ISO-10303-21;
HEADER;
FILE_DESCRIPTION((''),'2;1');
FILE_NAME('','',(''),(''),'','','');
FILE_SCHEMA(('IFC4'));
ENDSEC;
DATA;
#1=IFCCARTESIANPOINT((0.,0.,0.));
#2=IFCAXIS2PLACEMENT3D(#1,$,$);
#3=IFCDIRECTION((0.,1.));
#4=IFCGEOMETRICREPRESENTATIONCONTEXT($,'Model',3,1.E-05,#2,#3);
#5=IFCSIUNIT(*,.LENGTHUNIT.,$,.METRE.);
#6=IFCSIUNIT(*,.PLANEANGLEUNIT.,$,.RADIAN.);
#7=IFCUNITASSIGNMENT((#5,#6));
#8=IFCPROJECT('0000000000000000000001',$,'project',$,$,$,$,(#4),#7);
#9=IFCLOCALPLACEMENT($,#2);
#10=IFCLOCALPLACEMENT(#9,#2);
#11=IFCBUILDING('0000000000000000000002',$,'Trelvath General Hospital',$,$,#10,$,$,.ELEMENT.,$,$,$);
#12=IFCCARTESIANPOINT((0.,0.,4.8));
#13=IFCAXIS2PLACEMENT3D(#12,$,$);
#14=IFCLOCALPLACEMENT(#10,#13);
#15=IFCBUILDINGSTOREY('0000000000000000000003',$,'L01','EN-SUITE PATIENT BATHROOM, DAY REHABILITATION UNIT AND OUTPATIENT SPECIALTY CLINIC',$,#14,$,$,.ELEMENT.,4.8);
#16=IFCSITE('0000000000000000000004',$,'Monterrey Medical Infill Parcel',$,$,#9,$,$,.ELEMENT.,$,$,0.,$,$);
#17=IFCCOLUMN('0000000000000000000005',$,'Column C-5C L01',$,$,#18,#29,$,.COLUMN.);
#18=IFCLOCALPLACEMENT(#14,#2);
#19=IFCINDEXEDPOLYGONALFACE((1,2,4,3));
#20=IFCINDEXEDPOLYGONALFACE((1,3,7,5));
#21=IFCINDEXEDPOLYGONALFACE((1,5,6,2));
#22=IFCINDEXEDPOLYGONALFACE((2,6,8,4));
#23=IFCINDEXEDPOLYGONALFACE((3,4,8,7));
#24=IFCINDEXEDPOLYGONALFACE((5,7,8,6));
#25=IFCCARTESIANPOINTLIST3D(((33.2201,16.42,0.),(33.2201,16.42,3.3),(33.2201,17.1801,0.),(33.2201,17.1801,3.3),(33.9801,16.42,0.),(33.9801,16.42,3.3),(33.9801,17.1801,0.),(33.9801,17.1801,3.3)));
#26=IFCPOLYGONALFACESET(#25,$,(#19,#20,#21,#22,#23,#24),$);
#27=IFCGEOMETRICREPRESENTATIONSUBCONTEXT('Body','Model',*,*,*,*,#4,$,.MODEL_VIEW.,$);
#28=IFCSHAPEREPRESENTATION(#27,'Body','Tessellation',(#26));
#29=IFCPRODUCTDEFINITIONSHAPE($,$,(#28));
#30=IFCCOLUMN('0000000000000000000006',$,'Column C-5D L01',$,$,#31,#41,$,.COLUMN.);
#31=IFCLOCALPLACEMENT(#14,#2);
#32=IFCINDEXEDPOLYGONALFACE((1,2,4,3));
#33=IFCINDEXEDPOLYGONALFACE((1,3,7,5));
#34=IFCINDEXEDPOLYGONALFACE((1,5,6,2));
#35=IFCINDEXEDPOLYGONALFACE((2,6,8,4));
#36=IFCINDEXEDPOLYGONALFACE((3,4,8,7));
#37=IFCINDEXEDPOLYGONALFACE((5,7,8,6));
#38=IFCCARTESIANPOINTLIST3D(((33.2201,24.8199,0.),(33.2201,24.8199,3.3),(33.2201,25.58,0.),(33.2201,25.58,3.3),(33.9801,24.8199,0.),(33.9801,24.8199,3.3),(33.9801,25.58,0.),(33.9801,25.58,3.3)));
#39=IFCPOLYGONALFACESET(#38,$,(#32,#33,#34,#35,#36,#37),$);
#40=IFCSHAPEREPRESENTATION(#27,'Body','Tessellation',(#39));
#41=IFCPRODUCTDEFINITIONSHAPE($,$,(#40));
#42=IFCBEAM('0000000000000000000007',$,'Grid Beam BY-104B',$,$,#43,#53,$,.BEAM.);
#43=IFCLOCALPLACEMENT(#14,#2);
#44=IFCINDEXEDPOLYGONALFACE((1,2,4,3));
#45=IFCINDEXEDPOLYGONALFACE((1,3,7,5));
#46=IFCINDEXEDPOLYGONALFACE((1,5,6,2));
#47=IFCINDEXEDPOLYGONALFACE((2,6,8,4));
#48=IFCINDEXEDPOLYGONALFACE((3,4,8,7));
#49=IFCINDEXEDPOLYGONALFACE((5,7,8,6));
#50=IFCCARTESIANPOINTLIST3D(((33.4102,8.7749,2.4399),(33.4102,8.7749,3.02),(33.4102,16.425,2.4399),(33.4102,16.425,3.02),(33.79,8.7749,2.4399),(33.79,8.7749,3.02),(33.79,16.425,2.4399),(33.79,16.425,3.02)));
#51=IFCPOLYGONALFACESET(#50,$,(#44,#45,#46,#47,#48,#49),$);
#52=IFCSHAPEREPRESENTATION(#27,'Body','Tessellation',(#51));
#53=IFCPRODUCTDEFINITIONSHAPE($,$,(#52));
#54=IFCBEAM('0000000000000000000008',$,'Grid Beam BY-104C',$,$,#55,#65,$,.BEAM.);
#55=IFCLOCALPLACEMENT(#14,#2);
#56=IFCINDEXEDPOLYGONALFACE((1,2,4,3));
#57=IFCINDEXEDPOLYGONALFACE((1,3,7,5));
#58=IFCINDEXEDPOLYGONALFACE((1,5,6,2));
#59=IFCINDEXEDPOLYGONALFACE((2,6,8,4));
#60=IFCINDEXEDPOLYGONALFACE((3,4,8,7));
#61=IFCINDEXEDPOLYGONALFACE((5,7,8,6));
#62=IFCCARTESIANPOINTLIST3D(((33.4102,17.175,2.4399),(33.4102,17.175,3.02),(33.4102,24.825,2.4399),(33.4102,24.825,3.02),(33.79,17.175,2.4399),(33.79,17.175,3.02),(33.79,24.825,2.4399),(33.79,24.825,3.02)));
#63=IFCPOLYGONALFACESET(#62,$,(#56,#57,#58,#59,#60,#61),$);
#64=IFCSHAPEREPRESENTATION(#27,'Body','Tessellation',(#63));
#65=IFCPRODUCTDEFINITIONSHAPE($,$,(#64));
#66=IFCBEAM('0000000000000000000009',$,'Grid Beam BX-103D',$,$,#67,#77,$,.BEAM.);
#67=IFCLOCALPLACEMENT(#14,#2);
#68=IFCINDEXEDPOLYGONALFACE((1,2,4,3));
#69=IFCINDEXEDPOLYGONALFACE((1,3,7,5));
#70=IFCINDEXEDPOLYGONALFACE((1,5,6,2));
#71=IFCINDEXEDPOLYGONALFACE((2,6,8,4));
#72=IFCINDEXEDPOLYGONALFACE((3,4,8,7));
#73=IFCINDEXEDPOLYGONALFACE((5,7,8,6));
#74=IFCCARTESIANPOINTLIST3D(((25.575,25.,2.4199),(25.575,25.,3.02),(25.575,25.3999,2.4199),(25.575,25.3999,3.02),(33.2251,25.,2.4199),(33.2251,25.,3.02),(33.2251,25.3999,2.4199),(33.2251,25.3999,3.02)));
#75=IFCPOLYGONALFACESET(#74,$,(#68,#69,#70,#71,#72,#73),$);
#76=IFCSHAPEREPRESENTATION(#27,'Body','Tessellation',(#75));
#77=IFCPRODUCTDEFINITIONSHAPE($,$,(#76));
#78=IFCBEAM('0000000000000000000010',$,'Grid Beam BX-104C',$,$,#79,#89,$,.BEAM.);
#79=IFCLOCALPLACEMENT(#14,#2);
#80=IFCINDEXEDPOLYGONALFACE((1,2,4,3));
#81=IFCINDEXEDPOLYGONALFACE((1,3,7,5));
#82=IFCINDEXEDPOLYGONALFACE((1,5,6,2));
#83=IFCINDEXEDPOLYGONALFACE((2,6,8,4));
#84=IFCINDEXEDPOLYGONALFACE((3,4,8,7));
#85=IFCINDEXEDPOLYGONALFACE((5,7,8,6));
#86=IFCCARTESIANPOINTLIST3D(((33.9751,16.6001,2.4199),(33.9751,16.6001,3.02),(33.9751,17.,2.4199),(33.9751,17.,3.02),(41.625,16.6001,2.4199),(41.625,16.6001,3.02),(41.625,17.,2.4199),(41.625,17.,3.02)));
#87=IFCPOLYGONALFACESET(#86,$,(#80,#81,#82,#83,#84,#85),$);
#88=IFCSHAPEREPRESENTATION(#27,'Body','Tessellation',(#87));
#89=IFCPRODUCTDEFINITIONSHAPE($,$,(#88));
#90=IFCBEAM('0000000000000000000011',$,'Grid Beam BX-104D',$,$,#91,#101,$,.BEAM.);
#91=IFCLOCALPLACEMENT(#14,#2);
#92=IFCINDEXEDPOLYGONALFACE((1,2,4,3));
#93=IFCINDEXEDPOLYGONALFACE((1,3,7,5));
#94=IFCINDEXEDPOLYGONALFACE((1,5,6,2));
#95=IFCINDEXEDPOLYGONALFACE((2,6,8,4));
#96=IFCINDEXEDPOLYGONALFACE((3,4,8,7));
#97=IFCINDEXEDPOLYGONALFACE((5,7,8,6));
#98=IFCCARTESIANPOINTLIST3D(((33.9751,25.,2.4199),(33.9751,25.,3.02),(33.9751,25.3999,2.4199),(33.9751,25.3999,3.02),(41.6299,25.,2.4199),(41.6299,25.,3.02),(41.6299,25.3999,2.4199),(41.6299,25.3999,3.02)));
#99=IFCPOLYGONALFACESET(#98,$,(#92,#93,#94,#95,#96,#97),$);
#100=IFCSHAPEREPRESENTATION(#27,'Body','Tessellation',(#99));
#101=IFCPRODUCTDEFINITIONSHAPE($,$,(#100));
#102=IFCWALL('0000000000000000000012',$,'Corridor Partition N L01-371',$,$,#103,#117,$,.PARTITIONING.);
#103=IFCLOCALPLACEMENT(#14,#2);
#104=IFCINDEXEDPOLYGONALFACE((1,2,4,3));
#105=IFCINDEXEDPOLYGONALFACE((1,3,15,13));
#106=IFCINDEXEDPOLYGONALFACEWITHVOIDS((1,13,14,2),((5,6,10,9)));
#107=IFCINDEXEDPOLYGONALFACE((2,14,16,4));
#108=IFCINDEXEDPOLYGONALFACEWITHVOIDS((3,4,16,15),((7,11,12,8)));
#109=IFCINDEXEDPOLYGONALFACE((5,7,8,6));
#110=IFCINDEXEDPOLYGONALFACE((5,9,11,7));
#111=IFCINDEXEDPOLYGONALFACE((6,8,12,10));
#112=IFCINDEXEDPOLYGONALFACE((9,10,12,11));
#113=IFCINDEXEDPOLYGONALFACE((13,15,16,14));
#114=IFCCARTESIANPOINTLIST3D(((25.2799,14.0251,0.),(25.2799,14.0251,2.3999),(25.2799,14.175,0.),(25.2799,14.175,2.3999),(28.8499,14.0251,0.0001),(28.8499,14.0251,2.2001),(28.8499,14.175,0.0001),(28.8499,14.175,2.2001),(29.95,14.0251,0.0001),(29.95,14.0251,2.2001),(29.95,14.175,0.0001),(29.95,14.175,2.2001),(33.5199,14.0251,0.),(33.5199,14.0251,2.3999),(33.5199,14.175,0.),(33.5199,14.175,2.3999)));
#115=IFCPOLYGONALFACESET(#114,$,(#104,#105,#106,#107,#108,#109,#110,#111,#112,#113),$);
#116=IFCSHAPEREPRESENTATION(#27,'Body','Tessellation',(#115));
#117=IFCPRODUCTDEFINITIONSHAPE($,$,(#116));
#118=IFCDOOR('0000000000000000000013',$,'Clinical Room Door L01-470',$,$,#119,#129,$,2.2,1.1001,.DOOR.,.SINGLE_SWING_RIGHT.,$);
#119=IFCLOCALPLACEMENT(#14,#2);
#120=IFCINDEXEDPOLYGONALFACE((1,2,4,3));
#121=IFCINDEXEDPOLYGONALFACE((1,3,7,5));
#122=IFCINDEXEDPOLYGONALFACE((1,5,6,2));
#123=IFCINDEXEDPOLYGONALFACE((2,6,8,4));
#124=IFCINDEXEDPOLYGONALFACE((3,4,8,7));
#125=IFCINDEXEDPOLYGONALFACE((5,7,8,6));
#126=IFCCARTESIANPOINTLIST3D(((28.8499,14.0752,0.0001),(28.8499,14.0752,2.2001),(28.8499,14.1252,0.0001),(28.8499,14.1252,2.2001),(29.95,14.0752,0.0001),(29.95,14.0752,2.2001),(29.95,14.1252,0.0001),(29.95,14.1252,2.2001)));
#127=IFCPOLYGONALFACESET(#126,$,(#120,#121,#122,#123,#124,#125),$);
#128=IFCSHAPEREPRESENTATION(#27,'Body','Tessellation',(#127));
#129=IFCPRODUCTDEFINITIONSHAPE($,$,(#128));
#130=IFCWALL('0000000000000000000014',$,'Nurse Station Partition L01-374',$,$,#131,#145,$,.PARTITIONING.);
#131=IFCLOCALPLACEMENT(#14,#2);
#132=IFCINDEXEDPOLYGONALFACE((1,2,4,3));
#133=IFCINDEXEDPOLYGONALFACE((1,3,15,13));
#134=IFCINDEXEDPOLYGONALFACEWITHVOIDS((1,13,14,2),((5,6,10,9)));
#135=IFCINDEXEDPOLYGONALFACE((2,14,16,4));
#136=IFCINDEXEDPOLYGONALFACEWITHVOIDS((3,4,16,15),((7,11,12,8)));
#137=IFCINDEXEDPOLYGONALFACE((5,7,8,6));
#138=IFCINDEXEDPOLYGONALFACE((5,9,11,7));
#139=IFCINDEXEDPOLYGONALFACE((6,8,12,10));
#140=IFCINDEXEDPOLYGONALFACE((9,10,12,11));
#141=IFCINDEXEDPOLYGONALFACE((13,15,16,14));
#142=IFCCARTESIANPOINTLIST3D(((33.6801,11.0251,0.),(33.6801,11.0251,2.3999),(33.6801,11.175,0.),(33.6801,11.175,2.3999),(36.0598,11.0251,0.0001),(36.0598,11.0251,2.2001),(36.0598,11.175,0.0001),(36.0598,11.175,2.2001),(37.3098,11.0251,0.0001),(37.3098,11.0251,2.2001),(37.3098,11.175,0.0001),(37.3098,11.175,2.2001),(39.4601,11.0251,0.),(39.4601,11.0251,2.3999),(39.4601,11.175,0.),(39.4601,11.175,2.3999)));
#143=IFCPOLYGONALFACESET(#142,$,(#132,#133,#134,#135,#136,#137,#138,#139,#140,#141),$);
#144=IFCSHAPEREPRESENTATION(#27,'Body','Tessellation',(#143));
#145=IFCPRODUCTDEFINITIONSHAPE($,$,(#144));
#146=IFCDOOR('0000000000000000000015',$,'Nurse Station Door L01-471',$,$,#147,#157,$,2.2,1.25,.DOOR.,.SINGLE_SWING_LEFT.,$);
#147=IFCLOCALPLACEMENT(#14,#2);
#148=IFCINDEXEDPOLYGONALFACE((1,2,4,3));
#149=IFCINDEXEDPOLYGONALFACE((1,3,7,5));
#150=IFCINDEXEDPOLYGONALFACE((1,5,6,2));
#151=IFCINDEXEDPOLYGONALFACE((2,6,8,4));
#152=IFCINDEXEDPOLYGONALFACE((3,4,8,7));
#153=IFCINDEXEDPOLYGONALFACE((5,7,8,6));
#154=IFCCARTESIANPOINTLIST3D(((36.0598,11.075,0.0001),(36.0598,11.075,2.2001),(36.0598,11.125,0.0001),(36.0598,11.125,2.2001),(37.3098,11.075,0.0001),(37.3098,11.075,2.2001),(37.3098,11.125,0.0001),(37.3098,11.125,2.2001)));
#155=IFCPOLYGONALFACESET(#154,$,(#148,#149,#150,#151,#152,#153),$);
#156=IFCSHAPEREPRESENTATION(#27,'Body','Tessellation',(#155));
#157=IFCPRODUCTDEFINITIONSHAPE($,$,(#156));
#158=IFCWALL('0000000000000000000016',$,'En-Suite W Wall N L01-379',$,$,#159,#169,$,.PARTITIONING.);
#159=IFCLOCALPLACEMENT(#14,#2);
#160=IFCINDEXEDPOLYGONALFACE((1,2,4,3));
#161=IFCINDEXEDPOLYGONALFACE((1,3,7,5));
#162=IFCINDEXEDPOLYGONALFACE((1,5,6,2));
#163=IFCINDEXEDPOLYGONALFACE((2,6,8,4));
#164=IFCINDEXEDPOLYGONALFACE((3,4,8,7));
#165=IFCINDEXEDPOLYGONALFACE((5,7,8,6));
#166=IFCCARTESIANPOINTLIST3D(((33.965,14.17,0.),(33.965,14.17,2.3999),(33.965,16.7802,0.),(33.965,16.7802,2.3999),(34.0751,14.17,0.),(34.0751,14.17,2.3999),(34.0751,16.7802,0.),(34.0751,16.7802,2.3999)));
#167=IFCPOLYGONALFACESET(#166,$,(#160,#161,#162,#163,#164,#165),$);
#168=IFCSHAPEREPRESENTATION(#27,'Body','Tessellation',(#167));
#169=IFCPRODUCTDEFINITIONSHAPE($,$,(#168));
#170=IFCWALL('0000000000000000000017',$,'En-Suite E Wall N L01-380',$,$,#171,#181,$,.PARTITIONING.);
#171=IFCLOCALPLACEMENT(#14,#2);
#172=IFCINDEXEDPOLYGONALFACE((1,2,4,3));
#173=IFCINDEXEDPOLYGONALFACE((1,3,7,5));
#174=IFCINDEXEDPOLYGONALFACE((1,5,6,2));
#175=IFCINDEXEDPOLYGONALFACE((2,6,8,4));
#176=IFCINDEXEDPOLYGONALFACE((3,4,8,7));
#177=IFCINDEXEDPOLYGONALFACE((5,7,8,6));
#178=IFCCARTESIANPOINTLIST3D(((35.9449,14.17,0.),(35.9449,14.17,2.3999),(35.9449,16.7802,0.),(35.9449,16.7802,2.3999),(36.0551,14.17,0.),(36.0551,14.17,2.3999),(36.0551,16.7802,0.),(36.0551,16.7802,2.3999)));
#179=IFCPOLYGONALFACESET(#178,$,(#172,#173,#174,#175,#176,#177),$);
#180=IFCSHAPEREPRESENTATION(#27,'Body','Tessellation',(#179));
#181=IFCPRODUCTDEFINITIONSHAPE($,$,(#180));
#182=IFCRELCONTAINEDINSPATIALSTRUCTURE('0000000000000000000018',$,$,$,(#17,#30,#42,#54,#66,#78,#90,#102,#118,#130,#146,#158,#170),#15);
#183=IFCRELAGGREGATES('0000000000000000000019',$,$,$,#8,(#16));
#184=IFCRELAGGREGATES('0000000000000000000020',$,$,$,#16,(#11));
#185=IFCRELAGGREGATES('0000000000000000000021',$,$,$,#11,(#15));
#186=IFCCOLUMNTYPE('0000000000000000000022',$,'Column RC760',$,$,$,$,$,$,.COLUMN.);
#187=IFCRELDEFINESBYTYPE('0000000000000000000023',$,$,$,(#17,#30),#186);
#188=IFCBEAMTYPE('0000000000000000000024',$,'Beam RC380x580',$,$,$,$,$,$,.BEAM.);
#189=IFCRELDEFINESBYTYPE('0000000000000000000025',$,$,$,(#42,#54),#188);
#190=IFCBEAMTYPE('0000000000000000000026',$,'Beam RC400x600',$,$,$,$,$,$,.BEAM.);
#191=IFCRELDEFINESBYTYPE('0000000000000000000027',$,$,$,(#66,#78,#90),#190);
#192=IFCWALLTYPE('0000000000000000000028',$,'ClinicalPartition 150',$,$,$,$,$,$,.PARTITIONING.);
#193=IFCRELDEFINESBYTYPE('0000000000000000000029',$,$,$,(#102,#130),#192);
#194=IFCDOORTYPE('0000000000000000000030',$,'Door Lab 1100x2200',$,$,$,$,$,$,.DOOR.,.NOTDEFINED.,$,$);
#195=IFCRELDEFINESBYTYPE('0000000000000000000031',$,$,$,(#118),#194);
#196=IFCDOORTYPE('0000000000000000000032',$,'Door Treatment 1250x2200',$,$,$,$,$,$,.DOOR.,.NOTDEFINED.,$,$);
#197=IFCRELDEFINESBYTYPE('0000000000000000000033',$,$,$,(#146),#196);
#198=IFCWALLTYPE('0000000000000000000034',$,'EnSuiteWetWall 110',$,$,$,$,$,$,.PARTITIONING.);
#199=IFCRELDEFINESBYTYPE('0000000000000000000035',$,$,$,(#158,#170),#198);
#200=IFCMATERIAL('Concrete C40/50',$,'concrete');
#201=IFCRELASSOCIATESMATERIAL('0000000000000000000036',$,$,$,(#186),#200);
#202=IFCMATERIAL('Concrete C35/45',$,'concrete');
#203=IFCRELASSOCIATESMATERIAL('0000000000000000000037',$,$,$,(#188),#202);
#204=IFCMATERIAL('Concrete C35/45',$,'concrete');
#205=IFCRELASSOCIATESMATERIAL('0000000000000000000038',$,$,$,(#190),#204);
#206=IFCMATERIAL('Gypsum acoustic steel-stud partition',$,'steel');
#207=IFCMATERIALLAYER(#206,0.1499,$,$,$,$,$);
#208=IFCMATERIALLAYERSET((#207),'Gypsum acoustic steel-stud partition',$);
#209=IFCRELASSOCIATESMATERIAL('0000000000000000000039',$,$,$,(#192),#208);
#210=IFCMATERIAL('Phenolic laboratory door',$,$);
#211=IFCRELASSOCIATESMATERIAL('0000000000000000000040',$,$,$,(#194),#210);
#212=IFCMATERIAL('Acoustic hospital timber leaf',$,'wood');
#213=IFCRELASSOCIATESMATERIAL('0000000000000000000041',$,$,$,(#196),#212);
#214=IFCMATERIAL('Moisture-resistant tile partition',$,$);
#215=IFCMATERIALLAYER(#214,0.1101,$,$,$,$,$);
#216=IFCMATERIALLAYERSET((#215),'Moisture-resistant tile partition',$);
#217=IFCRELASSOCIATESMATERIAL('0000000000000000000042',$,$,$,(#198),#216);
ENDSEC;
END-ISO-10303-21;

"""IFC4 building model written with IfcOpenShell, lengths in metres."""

from ifc_helpers import new_model, si_unit, direction, frame, frame_2d, origin, origin_2d, place, context, subcontext, project, spatial, rectangle, extrude, material, layer, layer_set, material_profile, profile_set, type_object, element, fill, save


model = new_model("IFC4")

# Units and contexts
model_context = context("Model", 3, precision=1e-05, world=origin(), true_north=direction((0.0, 1.0)))
body_context = subcontext(model_context, "Body", "Model", "MODEL_VIEW")
ifc_project = project(units=[si_unit("LENGTHUNIT", "METRE"), si_unit("PLANEANGLEUNIT", "RADIAN")], contexts=[model_context])

# Site, building, storey
site_placement = place(None, origin())
site = spatial("IfcSite", under=ifc_project, at=site_placement, Name="Monterrey Medical Infill Parcel", CompositionType="ELEMENT", RefElevation=0.0)
building_placement = place(site_placement, origin())
building = spatial("IfcBuilding", under=site, at=building_placement, Name="Trelvath General Hospital", CompositionType="ELEMENT")
storey_placement = place(building_placement, frame((0.0, 0.0, 4.8)))
storey = spatial("IfcBuildingStorey", under=building, at=storey_placement, Name="L01", Description="EN-SUITE PATIENT BATHROOM, DAY REHABILITATION UNIT AND OUTPATIENT SPECIALTY CLINIC", CompositionType="ELEMENT", Elevation=4.8)

# Columns
ifc_material_1 = material(Name="Concrete C40/50", Category="concrete")
ifc_material_profile_1 = material_profile(ifc_material_1, rectangle(XDim=0.76, YDim=0.76, at=origin_2d()), Name="RC760x760")
ifc_profile_set_1 = profile_set([ifc_material_profile_1], Name="Concrete C40/50")
column_type = type_object("IfcColumnType", Name="Column RC760", PredefinedType="COLUMN", material=ifc_profile_set_1)
for number, where, z_axis, x_axis, name in (
    (1, (33.6001, 16.8, 0.0), (0.0, 0.0, 1.0), (1.0, 0.0, 0.0), "Column C-5C L01"),
    (2, (33.6001, 25.2, 0.0), (0.0, 0.0, 1.0), (1.0, 0.0, 0.0), "Column C-5D L01"),
):
    element("IfcColumn", number, at=place(storey_placement, frame(where, z_axis=z_axis, x_axis=x_axis)), inside=storey, type_object=column_type, Name=name, PredefinedType="COLUMN", context=body_context, shape_type="SweptSolid", body=[
        extrude(rectangle(XDim=0.76, YDim=0.76, at=origin_2d()), origin(), (0.0, 0.0, 1.0), 3.3),
    ])

# Beams
ifc_material_2 = material(Name="Concrete C35/45", Category="concrete")
ifc_material_profile_2 = material_profile(ifc_material_2, rectangle(XDim=0.3799, YDim=0.5801, at=origin_2d()), Name="RCB380x580")
ifc_profile_set_2 = profile_set([ifc_material_profile_2], Name="Concrete C35/45")
beam_type_1 = type_object("IfcBeamType", Name="Beam RC380x580", PredefinedType="BEAM", material=ifc_profile_set_2)
beam_1_placement = place(storey_placement, frame((33.6001, 8.7749, 2.73), z_axis=(0.0, 1.0, 0.0), x_axis=(-1.0, 0.0, 0.0)))
element("IfcBeam", 3, at=beam_1_placement, inside=storey, type_object=beam_type_1, Name="Grid Beam BY-104B", PredefinedType="BEAM", context=body_context, shape_type="SweptSolid", body=[
    extrude(rectangle(XDim=0.3799, YDim=0.5801, at=origin_2d()), origin(), (0.0, 0.0, 1.0), 7.6501),
])
beam_2_placement = place(storey_placement, frame((33.6001, 17.175, 2.73), z_axis=(0.0, 1.0, 0.0), x_axis=(-1.0, 0.0, 0.0)))
element("IfcBeam", 4, at=beam_2_placement, inside=storey, type_object=beam_type_1, Name="Grid Beam BY-104C", PredefinedType="BEAM", context=body_context, shape_type="SweptSolid", body=[
    extrude(rectangle(XDim=0.3799, YDim=0.5801, at=origin_2d()), origin(), (0.0, 0.0, 1.0), 7.6499),
])
ifc_material_3 = material(Name="Concrete C35/45", Category="concrete")
ifc_material_profile_3 = material_profile(ifc_material_3, rectangle(XDim=0.3999, YDim=0.6001, at=origin_2d()), Name="RCB400x600")
ifc_profile_set_3 = profile_set([ifc_material_profile_3], Name="Concrete C35/45")
beam_type_2 = type_object("IfcBeamType", Name="Beam RC400x600", PredefinedType="BEAM", material=ifc_profile_set_3)
beam_3_placement = place(storey_placement, frame((25.575, 25.2, 2.72), z_axis=(1.0, 0.0, 0.0), x_axis=(0.0, 1.0, 0.0)))
element("IfcBeam", 5, at=beam_3_placement, inside=storey, type_object=beam_type_2, Name="Grid Beam BX-103D", PredefinedType="BEAM", context=body_context, shape_type="SweptSolid", body=[
    extrude(rectangle(XDim=0.3999, YDim=0.6001, at=origin_2d()), origin(), (0.0, 0.0, 1.0), 7.6501),
])
beam_4_placement = place(storey_placement, frame((33.9751, 16.8, 2.72), z_axis=(1.0, 0.0, 0.0), x_axis=(0.0, 1.0, 0.0)))
element("IfcBeam", 6, at=beam_4_placement, inside=storey, type_object=beam_type_2, Name="Grid Beam BX-104C", PredefinedType="BEAM", context=body_context, shape_type="SweptSolid", body=[
    extrude(rectangle(XDim=0.3999, YDim=0.6001, at=origin_2d()), origin(), (0.0, 0.0, 1.0), 7.6499),
])
beam_5_placement = place(storey_placement, frame((33.9751, 25.2, 2.72), z_axis=(1.0, 0.0, 0.0), x_axis=(0.0, 1.0, 0.0)))
element("IfcBeam", 7, at=beam_5_placement, inside=storey, type_object=beam_type_2, Name="Grid Beam BX-104D", PredefinedType="BEAM", context=body_context, shape_type="SweptSolid", body=[
    extrude(rectangle(XDim=0.3999, YDim=0.6001, at=origin_2d()), origin(), (0.0, 0.0, 1.0), 7.6548),
])

# Walls, openings, doors
ifc_material_4 = material(Name="Gypsum acoustic steel-stud partition", Category="steel")
ifc_layer_1 = layer(ifc_material_4, 0.1499)
ifc_layer_set_1 = layer_set([ifc_layer_1], Name="Gypsum acoustic steel-stud partition")
wall_type_1 = type_object("IfcWallType", Name="ClinicalPartition 150", PredefinedType="PARTITIONING", material=ifc_layer_set_1)
wall_1_placement = place(storey_placement, frame((33.52, 14.1001, 0.0), z_axis=(0.0, 0.0, 1.0), x_axis=(-1.0, 0.0, 0.0)))
wall_1 = element("IfcWall", 8, at=wall_1_placement, inside=storey, type_object=wall_type_1, Name="Corridor Partition N L01-371", PredefinedType="PARTITIONING", context=body_context, shape_type="SweptSolid", body=[
    extrude(rectangle(XDim=8.24, YDim=0.1499, at=frame_2d((4.1201, 0.0))), origin(), (0.0, 0.0, 1.0), 2.3999),
])
opening_1_placement = place(wall_1_placement, frame((3.5701, 0.0, 0.0)))
opening_1 = element("IfcOpeningElement", 9, at=opening_1_placement, cuts=wall_1, PredefinedType="OPENING", context=body_context, shape_type="SweptSolid", body=[
    extrude(rectangle(XDim=1.1001, YDim=2.2, at=frame_2d((0.55, 1.1001))), frame((0.0, 0.085, 0.0), z_axis=(0.0, -1.0, 0.0), x_axis=(1.0, 0.0, 0.0)), (0.0, 0.0, 1.0), 0.1699),
])
ifc_material_5 = material(Name="Phenolic laboratory door")
door_type_1 = type_object("IfcDoorType", Name="Door Lab 1100x2200", OperationType="NOTDEFINED", PredefinedType="DOOR", material=ifc_material_5)
door_1_placement = place(opening_1_placement, origin())
door_1 = element("IfcDoor", 10, at=door_1_placement, inside=storey, type_object=door_type_1, Name="Clinical Room Door L01-470", OperationType="SINGLE_SWING_RIGHT", OverallHeight=2.2, OverallWidth=1.1001, PredefinedType="DOOR", context=body_context, shape_type="SweptSolid", body=[
    extrude(rectangle(XDim=1.1001, YDim=2.2, at=frame_2d((0.55, 1.1001))), frame((0.0, 0.0249, 0.0), z_axis=(0.0, -1.0, 0.0), x_axis=(1.0, 0.0, 0.0)), (0.0, 0.0, 1.0), 0.05),
])
fill(opening_1, door_1)
wall_2_placement = place(storey_placement, frame((33.6799, 11.1001, 0.0), z_axis=(0.0, 0.0, 1.0), x_axis=(1.0, 0.0, 0.0)))
wall_2 = element("IfcWall", 11, at=wall_2_placement, inside=storey, type_object=wall_type_1, Name="Nurse Station Partition L01-374", PredefinedType="PARTITIONING", context=body_context, shape_type="SweptSolid", body=[
    extrude(rectangle(XDim=5.78, YDim=0.1499, at=frame_2d((2.8901, 0.0))), origin(), (0.0, 0.0, 1.0), 2.3999),
])
opening_2_placement = place(wall_2_placement, frame((2.3799, 0.0, 0.0)))
opening_2 = element("IfcOpeningElement", 12, at=opening_2_placement, cuts=wall_2, PredefinedType="OPENING", context=body_context, shape_type="SweptSolid", body=[
    extrude(rectangle(XDim=1.25, YDim=2.2, at=frame_2d((0.625, 1.1001))), frame((0.0, 0.085, 0.0), z_axis=(0.0, -1.0, 0.0), x_axis=(1.0, 0.0, 0.0)), (0.0, 0.0, 1.0), 0.1699),
])
ifc_material_6 = material(Name="Acoustic hospital timber leaf", Category="wood")
door_type_2 = type_object("IfcDoorType", Name="Door Treatment 1250x2200", OperationType="NOTDEFINED", PredefinedType="DOOR", material=ifc_material_6)
door_2_placement = place(opening_2_placement, origin())
door_2 = element("IfcDoor", 13, at=door_2_placement, inside=storey, type_object=door_type_2, Name="Nurse Station Door L01-471", OperationType="SINGLE_SWING_LEFT", OverallHeight=2.2, OverallWidth=1.25, PredefinedType="DOOR", context=body_context, shape_type="SweptSolid", body=[
    extrude(rectangle(XDim=1.25, YDim=2.2, at=frame_2d((0.625, 1.1001))), frame((0.0, 0.0249, 0.0), z_axis=(0.0, -1.0, 0.0), x_axis=(1.0, 0.0, 0.0)), (0.0, 0.0, 1.0), 0.05),
])
fill(opening_2, door_2)

# Walls
ifc_material_7 = material(Name="Moisture-resistant tile partition")
ifc_layer_2 = layer(ifc_material_7, 0.1101)
ifc_layer_set_2 = layer_set([ifc_layer_2], Name="Moisture-resistant tile partition")
wall_type_2 = type_object("IfcWallType", Name="EnSuiteWetWall 110", PredefinedType="PARTITIONING", material=ifc_layer_set_2)
for number, where, z_axis, x_axis, name in (
    (14, (34.02, 14.1699, 0.0), (0.0, 0.0, 1.0), (0.0, 1.0, 0.0), "En-Suite W Wall N L01-379"),
    (15, (36.0, 14.1699, 0.0), (0.0, 0.0, 1.0), (0.0, 1.0, 0.0), "En-Suite E Wall N L01-380"),
):
    element("IfcWall", number, at=place(storey_placement, frame(where, z_axis=z_axis, x_axis=x_axis)), inside=storey, type_object=wall_type_2, Name=name, PredefinedType="PARTITIONING", context=body_context, shape_type="SweptSolid", body=[
        extrude(rectangle(XDim=2.6101, YDim=0.1101, at=frame_2d((1.3052, 0.0))), origin(), (0.0, 0.0, 1.0), 2.3999),
    ])

save(model, "model.ifc")
